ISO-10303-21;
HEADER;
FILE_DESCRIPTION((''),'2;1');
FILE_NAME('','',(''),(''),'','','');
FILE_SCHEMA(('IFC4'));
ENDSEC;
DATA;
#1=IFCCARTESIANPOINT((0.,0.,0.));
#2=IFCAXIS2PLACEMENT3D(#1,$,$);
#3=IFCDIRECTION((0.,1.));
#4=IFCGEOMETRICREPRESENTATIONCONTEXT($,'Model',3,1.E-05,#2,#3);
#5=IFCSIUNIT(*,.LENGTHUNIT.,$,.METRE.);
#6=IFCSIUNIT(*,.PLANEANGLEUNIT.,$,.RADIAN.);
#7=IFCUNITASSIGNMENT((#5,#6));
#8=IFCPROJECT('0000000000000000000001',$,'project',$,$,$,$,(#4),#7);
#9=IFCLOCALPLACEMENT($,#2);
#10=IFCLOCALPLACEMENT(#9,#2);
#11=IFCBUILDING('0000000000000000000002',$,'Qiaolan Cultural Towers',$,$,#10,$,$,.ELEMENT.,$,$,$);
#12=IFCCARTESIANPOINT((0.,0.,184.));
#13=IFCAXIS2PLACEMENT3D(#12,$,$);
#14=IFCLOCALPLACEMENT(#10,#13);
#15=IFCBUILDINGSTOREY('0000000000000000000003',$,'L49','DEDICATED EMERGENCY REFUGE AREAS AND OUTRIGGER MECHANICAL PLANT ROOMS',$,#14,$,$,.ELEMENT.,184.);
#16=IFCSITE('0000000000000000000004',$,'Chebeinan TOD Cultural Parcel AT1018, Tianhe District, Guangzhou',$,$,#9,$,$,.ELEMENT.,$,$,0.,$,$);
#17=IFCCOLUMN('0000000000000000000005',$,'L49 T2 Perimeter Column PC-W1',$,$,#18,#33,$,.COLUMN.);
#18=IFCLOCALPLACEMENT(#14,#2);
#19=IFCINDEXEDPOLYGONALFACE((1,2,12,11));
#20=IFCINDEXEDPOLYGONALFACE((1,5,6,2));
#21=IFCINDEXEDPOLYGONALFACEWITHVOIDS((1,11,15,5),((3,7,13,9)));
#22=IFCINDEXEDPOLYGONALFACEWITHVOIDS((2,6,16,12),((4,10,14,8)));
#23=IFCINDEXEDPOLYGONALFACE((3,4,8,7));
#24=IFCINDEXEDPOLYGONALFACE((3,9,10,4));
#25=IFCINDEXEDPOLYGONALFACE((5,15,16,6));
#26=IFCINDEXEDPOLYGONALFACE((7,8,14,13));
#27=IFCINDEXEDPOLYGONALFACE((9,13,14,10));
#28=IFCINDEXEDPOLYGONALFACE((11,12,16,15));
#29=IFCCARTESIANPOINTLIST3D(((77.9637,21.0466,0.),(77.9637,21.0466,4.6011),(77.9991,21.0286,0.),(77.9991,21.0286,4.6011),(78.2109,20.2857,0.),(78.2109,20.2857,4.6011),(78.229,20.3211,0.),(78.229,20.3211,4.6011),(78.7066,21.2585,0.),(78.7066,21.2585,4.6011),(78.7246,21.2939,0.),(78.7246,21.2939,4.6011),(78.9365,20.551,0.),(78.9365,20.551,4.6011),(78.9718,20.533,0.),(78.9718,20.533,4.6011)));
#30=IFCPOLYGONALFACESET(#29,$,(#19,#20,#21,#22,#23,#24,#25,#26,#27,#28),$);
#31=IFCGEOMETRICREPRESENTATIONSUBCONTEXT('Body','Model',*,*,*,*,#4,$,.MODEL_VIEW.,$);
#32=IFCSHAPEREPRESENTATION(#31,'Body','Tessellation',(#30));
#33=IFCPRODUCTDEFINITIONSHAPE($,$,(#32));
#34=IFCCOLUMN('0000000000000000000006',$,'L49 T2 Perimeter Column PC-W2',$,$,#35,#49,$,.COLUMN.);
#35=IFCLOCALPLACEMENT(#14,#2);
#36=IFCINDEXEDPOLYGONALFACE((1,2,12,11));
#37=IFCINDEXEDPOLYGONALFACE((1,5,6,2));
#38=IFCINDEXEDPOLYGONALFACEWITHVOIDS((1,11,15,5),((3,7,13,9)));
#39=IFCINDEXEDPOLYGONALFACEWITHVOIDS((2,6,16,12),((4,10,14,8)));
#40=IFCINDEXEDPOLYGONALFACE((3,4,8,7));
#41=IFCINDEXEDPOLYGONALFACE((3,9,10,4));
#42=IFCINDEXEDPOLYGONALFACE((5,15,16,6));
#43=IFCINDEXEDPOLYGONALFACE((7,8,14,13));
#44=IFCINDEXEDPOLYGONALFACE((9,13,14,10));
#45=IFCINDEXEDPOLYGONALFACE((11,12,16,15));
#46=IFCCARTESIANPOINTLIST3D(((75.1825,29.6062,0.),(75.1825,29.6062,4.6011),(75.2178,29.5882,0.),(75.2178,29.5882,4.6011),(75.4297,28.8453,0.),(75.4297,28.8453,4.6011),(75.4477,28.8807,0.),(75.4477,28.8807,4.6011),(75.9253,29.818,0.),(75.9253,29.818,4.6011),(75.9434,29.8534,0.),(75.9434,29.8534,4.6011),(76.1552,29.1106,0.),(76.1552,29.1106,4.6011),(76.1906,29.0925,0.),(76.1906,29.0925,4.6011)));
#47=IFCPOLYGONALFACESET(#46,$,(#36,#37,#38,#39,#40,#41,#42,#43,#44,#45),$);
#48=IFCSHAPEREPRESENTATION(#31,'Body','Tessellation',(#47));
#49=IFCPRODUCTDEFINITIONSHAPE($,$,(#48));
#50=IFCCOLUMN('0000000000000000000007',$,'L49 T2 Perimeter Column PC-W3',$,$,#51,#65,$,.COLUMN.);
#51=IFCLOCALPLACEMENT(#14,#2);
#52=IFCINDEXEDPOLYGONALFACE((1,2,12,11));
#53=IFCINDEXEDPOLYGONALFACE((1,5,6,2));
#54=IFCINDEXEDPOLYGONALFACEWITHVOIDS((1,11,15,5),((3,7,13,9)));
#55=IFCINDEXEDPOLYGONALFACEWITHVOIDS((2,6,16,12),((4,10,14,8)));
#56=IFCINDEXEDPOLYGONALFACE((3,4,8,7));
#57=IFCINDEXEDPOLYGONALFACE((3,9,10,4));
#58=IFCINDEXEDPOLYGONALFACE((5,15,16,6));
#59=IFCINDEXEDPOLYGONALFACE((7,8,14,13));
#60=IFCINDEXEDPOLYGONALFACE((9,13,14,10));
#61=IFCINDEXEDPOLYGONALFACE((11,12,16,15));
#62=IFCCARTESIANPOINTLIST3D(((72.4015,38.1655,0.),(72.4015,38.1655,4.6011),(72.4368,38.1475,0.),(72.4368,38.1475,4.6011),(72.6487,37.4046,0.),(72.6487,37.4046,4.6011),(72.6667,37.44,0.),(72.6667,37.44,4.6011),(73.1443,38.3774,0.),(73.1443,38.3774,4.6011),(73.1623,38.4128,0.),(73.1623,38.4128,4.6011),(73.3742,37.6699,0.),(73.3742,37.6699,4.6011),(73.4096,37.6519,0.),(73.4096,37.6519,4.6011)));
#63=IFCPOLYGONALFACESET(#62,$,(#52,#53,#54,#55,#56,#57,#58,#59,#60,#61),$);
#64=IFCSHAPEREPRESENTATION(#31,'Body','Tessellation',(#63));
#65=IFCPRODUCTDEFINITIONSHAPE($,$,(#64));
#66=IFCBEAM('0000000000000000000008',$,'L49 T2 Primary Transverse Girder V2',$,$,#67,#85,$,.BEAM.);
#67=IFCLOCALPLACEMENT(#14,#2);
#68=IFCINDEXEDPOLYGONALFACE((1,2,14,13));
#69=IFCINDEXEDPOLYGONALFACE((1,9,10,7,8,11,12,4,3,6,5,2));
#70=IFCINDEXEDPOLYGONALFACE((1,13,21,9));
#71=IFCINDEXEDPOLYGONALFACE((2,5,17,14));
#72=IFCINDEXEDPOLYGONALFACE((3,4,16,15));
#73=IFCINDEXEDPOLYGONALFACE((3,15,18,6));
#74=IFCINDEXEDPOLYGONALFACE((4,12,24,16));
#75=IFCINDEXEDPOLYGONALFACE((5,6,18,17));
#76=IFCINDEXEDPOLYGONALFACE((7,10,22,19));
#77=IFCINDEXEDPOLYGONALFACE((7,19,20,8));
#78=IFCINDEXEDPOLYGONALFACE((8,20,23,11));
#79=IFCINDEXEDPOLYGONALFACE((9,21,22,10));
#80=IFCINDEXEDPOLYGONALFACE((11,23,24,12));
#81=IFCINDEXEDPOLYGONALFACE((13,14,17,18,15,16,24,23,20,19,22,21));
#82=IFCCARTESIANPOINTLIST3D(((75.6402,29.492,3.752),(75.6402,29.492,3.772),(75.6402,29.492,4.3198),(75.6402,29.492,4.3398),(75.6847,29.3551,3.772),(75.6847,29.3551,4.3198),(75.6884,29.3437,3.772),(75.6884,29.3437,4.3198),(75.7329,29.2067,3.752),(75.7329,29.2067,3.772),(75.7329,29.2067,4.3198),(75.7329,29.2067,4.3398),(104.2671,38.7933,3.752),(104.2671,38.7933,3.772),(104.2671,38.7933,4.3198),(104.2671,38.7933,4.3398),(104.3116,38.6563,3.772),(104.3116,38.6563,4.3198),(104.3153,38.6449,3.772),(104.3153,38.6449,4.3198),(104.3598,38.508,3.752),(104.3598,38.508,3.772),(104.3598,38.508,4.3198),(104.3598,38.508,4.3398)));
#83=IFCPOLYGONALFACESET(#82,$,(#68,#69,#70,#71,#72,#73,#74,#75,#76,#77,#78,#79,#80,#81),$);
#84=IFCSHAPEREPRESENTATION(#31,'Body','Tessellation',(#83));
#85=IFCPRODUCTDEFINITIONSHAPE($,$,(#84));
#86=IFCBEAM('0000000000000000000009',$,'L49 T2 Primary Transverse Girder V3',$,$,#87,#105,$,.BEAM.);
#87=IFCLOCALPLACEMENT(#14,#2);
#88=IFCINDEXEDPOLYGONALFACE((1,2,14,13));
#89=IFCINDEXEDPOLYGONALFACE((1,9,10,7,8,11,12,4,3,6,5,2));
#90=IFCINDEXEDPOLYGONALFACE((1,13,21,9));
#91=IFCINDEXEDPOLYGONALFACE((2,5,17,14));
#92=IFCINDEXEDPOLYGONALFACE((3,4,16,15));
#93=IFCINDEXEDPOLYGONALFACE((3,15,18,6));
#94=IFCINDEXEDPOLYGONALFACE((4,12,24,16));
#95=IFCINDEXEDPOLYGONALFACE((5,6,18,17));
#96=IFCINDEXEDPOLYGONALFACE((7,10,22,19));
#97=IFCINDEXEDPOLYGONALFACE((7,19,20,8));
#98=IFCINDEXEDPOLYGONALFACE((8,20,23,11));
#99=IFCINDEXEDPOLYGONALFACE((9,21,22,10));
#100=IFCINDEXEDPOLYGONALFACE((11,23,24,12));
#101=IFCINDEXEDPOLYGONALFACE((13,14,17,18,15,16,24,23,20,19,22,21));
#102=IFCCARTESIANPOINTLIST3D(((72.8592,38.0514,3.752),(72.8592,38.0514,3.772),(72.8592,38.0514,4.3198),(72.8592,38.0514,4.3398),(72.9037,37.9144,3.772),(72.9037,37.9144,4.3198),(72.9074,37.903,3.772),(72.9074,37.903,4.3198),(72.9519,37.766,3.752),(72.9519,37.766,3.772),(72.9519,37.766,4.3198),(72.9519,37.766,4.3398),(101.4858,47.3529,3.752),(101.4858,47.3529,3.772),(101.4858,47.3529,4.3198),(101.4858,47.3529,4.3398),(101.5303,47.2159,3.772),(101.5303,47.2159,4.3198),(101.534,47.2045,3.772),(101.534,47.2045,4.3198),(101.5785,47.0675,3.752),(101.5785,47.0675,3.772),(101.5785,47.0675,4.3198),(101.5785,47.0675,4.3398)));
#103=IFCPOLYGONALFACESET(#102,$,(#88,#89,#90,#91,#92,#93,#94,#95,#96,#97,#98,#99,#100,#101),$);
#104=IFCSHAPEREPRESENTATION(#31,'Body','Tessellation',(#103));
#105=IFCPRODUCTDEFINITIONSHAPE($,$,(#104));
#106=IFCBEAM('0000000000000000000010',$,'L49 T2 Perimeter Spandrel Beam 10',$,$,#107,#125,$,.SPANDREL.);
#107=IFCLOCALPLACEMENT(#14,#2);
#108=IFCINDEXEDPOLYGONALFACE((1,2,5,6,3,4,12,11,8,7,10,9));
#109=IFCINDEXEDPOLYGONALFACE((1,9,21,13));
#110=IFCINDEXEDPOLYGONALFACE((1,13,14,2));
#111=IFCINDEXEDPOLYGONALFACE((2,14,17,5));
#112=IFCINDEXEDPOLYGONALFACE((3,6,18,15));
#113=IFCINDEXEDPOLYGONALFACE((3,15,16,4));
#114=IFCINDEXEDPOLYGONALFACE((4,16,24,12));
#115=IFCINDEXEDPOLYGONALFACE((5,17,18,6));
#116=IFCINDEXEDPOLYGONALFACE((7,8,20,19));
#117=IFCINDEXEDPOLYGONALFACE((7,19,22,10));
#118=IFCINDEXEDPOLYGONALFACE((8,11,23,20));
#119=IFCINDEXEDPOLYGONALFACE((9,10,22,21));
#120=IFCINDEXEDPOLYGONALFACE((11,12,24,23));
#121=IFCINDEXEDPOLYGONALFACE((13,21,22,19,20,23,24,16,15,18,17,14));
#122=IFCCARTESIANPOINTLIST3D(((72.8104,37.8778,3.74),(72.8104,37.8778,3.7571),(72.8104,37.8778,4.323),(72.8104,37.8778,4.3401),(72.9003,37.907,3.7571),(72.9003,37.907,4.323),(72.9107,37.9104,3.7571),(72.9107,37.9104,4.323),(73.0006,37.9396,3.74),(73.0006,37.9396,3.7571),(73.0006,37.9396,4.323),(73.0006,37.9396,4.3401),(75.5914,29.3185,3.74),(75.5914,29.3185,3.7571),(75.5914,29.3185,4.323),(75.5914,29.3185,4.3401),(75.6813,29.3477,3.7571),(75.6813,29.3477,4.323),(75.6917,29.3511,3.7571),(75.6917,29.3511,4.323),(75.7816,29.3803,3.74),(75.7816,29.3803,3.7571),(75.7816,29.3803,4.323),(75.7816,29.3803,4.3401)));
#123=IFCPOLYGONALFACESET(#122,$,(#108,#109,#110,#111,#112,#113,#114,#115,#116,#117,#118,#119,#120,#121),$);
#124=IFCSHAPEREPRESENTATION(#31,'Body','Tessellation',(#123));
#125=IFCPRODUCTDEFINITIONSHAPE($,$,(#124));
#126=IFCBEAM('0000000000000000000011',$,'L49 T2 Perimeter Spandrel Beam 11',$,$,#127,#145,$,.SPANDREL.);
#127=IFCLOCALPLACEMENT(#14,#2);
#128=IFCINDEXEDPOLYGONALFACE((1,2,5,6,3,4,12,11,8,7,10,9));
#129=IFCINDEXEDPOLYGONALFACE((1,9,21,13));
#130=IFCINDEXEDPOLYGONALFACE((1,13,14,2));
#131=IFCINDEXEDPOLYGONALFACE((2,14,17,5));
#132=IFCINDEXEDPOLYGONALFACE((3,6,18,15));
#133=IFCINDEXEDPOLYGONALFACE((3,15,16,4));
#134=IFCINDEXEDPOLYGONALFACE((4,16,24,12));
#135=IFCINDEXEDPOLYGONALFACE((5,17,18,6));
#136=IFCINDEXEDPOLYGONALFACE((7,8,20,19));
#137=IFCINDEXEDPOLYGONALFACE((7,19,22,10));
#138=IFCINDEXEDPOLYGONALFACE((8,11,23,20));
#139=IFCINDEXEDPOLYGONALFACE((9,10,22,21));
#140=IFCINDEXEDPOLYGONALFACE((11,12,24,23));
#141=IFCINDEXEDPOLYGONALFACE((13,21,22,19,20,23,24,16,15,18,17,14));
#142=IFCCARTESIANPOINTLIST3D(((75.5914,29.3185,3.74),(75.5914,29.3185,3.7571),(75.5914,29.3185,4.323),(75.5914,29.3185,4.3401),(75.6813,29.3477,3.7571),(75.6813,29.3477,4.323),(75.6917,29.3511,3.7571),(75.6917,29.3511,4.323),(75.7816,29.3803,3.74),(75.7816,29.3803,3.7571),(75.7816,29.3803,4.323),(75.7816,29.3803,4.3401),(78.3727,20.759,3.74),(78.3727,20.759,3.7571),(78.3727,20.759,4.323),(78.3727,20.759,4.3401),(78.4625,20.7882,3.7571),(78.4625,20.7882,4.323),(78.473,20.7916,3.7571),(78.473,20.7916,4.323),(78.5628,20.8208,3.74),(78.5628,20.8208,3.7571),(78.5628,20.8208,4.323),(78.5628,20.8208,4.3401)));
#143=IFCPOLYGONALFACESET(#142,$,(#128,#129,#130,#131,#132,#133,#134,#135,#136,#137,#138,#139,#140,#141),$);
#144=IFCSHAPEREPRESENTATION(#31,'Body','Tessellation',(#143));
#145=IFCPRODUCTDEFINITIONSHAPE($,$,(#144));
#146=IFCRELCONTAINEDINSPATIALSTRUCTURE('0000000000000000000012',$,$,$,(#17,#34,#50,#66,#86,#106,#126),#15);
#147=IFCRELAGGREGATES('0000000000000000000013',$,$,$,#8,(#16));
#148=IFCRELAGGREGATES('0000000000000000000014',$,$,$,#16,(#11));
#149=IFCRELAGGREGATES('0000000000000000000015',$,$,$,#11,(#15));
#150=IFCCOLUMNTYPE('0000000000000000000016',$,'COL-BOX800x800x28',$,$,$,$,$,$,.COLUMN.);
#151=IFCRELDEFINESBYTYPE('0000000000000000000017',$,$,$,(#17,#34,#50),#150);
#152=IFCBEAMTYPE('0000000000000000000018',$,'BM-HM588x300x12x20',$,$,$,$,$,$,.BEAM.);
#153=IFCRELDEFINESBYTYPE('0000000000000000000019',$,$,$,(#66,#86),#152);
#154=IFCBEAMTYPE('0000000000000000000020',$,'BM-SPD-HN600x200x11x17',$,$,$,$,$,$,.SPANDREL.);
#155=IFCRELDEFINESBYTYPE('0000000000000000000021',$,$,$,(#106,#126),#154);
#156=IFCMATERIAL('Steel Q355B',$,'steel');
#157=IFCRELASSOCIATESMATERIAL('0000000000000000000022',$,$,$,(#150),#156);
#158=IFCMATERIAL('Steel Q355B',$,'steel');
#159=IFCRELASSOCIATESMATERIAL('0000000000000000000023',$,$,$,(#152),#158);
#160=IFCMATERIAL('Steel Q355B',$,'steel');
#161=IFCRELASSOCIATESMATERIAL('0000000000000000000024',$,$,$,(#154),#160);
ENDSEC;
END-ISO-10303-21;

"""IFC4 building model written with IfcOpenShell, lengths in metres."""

from ifc_helpers import new_model, si_unit, direction, frame, origin, origin_2d, place, context, subcontext, project, spatial, hollow_rectangle, i_section, extrude, material, material_profile, profile_set, type_object, element, save


model = new_model("IFC4")

# Units and contexts
model_context = context("Model", 3, precision=1e-05, world=origin(), true_north=direction((0.0, 1.0)))
body_context = subcontext(model_context, "Body", "Model", "MODEL_VIEW")
ifc_project = project(units=[si_unit("LENGTHUNIT", "METRE"), si_unit("PLANEANGLEUNIT", "RADIAN")], contexts=[model_context])

# Site, building, storey
site_placement = place(None, origin())
site = spatial("IfcSite", under=ifc_project, at=site_placement, Name="Chebeinan TOD Cultural Parcel AT1018, Tianhe District, Guangzhou", CompositionType="ELEMENT", RefElevation=0.0)
building_placement = place(site_placement, origin())
building = spatial("IfcBuilding", under=site, at=building_placement, Name="Qiaolan Cultural Towers", CompositionType="ELEMENT")
storey_placement = place(building_placement, frame((0.0, 0.0, 184.0)))
storey = spatial("IfcBuildingStorey", under=building, at=storey_placement, Name="L49", Description="DEDICATED EMERGENCY REFUGE AREAS AND OUTRIGGER MECHANICAL PLANT ROOMS", CompositionType="ELEMENT", Elevation=184.0)

# Columns
ifc_material_1 = material(Name="Steel Q355B", Category="steel")
ifc_material_profile_1 = material_profile(ifc_material_1, hollow_rectangle(XDim=0.8, YDim=0.8, WallThickness=0.0281, at=origin_2d()), Name="BOX800x800x28")
ifc_profile_set_1 = profile_set([ifc_material_profile_1], Name="Steel Q355B")
column_type = type_object("IfcColumnType", Name="COL-BOX800x800x28", PredefinedType="COLUMN", material=ifc_profile_set_1)
for number, where, z_axis, x_axis, name in (
    (1, (78.4678, 20.7898, 0.0), (0.0, 0.0, 1.0), (0.951057, 0.309017, 0.0), "L49 T2 Perimeter Column PC-W1"),
    (2, (75.6865, 29.3494, 0.0), (0.0, 0.0, 1.0), (0.951057, 0.309017, 0.0), "L49 T2 Perimeter Column PC-W2"),
    (3, (72.9055, 37.9087, 0.0), (0.0, 0.0, 1.0), (0.951057, 0.309017, 0.0), "L49 T2 Perimeter Column PC-W3"),
):
    element("IfcColumn", number, at=place(storey_placement, frame(where, z_axis=z_axis, x_axis=x_axis)), inside=storey, type_object=column_type, Name=name, PredefinedType="COLUMN", context=body_context, shape_type="SweptSolid", body=[
        extrude(hollow_rectangle(XDim=0.8, YDim=0.8, WallThickness=0.0281, at=origin_2d()), origin(), (0.0, 0.0, 1.0), 4.6011),
    ])

# Beams
ifc_material_2 = material(Name="Steel Q355B", Category="steel")
ifc_material_profile_2 = material_profile(ifc_material_2, i_section(OverallWidth=0.3, OverallDepth=0.5879, WebThickness=0.012, FlangeThickness=0.02, at=origin_2d()), Name="HM588x300x12x20")
ifc_profile_set_2 = profile_set([ifc_material_profile_2], Name="Steel Q355B")
beam_type_1 = type_object("IfcBeamType", Name="BM-HM588x300x12x20", PredefinedType="BEAM", material=ifc_profile_set_2)
beam_1_placement = place(storey_placement, frame((75.6865, 29.3494, 4.0459), z_axis=(0.951058, 0.309011, 0.0), x_axis=(-0.309011, 0.951058, 0.0)))
element("IfcBeam", 4, at=beam_1_placement, inside=storey, type_object=beam_type_1, Name="L49 T2 Primary Transverse Girder V2", PredefinedType="BEAM", context=body_context, shape_type="SweptSolid", body=[
    extrude(i_section(OverallWidth=0.3, OverallDepth=0.5879, WebThickness=0.012, FlangeThickness=0.02, at=origin_2d()), origin(), (0.0, 0.0, 1.0), 30.1001),
])
beam_2_placement = place(storey_placement, frame((72.9055, 37.9087, 4.0459), z_axis=(0.951055, 0.309021, 0.0), x_axis=(-0.309021, 0.951055, 0.0)))
element("IfcBeam", 5, at=beam_2_placement, inside=storey, type_object=beam_type_1, Name="L49 T2 Primary Transverse Girder V3", PredefinedType="BEAM", context=body_context, shape_type="SweptSolid", body=[
    extrude(i_section(OverallWidth=0.3, OverallDepth=0.5879, WebThickness=0.012, FlangeThickness=0.02, at=origin_2d()), origin(), (0.0, 0.0, 1.0), 30.0999),
])
ifc_material_3 = material(Name="Steel Q355B", Category="steel")
ifc_material_profile_3 = material_profile(ifc_material_3, i_section(OverallWidth=0.2, OverallDepth=0.6001, WebThickness=0.011, FlangeThickness=0.0171, at=origin_2d()), Name="HN600x200x11x17")
ifc_profile_set_3 = profile_set([ifc_material_profile_3], Name="Steel Q355B")
beam_type_2 = type_object("IfcBeamType", Name="BM-SPD-HN600x200x11x17", PredefinedType="SPANDREL", material=ifc_profile_set_3)
beam_3_placement = place(storey_placement, frame((72.9055, 37.9087, 4.04), z_axis=(0.309008, -0.951059, 0.0), x_axis=(0.951059, 0.309008, 0.0)))
element("IfcBeam", 6, at=beam_3_placement, inside=storey, type_object=beam_type_2, Name="L49 T2 Perimeter Spandrel Beam 10", PredefinedType="SPANDREL", context=body_context, shape_type="SweptSolid", body=[
    extrude(i_section(OverallWidth=0.2, OverallDepth=0.6001, WebThickness=0.011, FlangeThickness=0.0171, at=origin_2d()), origin(), (0.0, 0.0, 1.0), 8.9998),
])
beam_4_placement = place(storey_placement, frame((75.6865, 29.3494, 4.04), z_axis=(0.309025, -0.951054, 0.0), x_axis=(0.951054, 0.309025, 0.0)))
element("IfcBeam", 7, at=beam_4_placement, inside=storey, type_object=beam_type_2, Name="L49 T2 Perimeter Spandrel Beam 11", PredefinedType="SPANDREL", context=body_context, shape_type="SweptSolid", body=[
    extrude(i_section(OverallWidth=0.2, OverallDepth=0.6001, WebThickness=0.011, FlangeThickness=0.0171, at=origin_2d()), origin(), (0.0, 0.0, 1.0), 9.0),
])

save(model, "model.ifc")
